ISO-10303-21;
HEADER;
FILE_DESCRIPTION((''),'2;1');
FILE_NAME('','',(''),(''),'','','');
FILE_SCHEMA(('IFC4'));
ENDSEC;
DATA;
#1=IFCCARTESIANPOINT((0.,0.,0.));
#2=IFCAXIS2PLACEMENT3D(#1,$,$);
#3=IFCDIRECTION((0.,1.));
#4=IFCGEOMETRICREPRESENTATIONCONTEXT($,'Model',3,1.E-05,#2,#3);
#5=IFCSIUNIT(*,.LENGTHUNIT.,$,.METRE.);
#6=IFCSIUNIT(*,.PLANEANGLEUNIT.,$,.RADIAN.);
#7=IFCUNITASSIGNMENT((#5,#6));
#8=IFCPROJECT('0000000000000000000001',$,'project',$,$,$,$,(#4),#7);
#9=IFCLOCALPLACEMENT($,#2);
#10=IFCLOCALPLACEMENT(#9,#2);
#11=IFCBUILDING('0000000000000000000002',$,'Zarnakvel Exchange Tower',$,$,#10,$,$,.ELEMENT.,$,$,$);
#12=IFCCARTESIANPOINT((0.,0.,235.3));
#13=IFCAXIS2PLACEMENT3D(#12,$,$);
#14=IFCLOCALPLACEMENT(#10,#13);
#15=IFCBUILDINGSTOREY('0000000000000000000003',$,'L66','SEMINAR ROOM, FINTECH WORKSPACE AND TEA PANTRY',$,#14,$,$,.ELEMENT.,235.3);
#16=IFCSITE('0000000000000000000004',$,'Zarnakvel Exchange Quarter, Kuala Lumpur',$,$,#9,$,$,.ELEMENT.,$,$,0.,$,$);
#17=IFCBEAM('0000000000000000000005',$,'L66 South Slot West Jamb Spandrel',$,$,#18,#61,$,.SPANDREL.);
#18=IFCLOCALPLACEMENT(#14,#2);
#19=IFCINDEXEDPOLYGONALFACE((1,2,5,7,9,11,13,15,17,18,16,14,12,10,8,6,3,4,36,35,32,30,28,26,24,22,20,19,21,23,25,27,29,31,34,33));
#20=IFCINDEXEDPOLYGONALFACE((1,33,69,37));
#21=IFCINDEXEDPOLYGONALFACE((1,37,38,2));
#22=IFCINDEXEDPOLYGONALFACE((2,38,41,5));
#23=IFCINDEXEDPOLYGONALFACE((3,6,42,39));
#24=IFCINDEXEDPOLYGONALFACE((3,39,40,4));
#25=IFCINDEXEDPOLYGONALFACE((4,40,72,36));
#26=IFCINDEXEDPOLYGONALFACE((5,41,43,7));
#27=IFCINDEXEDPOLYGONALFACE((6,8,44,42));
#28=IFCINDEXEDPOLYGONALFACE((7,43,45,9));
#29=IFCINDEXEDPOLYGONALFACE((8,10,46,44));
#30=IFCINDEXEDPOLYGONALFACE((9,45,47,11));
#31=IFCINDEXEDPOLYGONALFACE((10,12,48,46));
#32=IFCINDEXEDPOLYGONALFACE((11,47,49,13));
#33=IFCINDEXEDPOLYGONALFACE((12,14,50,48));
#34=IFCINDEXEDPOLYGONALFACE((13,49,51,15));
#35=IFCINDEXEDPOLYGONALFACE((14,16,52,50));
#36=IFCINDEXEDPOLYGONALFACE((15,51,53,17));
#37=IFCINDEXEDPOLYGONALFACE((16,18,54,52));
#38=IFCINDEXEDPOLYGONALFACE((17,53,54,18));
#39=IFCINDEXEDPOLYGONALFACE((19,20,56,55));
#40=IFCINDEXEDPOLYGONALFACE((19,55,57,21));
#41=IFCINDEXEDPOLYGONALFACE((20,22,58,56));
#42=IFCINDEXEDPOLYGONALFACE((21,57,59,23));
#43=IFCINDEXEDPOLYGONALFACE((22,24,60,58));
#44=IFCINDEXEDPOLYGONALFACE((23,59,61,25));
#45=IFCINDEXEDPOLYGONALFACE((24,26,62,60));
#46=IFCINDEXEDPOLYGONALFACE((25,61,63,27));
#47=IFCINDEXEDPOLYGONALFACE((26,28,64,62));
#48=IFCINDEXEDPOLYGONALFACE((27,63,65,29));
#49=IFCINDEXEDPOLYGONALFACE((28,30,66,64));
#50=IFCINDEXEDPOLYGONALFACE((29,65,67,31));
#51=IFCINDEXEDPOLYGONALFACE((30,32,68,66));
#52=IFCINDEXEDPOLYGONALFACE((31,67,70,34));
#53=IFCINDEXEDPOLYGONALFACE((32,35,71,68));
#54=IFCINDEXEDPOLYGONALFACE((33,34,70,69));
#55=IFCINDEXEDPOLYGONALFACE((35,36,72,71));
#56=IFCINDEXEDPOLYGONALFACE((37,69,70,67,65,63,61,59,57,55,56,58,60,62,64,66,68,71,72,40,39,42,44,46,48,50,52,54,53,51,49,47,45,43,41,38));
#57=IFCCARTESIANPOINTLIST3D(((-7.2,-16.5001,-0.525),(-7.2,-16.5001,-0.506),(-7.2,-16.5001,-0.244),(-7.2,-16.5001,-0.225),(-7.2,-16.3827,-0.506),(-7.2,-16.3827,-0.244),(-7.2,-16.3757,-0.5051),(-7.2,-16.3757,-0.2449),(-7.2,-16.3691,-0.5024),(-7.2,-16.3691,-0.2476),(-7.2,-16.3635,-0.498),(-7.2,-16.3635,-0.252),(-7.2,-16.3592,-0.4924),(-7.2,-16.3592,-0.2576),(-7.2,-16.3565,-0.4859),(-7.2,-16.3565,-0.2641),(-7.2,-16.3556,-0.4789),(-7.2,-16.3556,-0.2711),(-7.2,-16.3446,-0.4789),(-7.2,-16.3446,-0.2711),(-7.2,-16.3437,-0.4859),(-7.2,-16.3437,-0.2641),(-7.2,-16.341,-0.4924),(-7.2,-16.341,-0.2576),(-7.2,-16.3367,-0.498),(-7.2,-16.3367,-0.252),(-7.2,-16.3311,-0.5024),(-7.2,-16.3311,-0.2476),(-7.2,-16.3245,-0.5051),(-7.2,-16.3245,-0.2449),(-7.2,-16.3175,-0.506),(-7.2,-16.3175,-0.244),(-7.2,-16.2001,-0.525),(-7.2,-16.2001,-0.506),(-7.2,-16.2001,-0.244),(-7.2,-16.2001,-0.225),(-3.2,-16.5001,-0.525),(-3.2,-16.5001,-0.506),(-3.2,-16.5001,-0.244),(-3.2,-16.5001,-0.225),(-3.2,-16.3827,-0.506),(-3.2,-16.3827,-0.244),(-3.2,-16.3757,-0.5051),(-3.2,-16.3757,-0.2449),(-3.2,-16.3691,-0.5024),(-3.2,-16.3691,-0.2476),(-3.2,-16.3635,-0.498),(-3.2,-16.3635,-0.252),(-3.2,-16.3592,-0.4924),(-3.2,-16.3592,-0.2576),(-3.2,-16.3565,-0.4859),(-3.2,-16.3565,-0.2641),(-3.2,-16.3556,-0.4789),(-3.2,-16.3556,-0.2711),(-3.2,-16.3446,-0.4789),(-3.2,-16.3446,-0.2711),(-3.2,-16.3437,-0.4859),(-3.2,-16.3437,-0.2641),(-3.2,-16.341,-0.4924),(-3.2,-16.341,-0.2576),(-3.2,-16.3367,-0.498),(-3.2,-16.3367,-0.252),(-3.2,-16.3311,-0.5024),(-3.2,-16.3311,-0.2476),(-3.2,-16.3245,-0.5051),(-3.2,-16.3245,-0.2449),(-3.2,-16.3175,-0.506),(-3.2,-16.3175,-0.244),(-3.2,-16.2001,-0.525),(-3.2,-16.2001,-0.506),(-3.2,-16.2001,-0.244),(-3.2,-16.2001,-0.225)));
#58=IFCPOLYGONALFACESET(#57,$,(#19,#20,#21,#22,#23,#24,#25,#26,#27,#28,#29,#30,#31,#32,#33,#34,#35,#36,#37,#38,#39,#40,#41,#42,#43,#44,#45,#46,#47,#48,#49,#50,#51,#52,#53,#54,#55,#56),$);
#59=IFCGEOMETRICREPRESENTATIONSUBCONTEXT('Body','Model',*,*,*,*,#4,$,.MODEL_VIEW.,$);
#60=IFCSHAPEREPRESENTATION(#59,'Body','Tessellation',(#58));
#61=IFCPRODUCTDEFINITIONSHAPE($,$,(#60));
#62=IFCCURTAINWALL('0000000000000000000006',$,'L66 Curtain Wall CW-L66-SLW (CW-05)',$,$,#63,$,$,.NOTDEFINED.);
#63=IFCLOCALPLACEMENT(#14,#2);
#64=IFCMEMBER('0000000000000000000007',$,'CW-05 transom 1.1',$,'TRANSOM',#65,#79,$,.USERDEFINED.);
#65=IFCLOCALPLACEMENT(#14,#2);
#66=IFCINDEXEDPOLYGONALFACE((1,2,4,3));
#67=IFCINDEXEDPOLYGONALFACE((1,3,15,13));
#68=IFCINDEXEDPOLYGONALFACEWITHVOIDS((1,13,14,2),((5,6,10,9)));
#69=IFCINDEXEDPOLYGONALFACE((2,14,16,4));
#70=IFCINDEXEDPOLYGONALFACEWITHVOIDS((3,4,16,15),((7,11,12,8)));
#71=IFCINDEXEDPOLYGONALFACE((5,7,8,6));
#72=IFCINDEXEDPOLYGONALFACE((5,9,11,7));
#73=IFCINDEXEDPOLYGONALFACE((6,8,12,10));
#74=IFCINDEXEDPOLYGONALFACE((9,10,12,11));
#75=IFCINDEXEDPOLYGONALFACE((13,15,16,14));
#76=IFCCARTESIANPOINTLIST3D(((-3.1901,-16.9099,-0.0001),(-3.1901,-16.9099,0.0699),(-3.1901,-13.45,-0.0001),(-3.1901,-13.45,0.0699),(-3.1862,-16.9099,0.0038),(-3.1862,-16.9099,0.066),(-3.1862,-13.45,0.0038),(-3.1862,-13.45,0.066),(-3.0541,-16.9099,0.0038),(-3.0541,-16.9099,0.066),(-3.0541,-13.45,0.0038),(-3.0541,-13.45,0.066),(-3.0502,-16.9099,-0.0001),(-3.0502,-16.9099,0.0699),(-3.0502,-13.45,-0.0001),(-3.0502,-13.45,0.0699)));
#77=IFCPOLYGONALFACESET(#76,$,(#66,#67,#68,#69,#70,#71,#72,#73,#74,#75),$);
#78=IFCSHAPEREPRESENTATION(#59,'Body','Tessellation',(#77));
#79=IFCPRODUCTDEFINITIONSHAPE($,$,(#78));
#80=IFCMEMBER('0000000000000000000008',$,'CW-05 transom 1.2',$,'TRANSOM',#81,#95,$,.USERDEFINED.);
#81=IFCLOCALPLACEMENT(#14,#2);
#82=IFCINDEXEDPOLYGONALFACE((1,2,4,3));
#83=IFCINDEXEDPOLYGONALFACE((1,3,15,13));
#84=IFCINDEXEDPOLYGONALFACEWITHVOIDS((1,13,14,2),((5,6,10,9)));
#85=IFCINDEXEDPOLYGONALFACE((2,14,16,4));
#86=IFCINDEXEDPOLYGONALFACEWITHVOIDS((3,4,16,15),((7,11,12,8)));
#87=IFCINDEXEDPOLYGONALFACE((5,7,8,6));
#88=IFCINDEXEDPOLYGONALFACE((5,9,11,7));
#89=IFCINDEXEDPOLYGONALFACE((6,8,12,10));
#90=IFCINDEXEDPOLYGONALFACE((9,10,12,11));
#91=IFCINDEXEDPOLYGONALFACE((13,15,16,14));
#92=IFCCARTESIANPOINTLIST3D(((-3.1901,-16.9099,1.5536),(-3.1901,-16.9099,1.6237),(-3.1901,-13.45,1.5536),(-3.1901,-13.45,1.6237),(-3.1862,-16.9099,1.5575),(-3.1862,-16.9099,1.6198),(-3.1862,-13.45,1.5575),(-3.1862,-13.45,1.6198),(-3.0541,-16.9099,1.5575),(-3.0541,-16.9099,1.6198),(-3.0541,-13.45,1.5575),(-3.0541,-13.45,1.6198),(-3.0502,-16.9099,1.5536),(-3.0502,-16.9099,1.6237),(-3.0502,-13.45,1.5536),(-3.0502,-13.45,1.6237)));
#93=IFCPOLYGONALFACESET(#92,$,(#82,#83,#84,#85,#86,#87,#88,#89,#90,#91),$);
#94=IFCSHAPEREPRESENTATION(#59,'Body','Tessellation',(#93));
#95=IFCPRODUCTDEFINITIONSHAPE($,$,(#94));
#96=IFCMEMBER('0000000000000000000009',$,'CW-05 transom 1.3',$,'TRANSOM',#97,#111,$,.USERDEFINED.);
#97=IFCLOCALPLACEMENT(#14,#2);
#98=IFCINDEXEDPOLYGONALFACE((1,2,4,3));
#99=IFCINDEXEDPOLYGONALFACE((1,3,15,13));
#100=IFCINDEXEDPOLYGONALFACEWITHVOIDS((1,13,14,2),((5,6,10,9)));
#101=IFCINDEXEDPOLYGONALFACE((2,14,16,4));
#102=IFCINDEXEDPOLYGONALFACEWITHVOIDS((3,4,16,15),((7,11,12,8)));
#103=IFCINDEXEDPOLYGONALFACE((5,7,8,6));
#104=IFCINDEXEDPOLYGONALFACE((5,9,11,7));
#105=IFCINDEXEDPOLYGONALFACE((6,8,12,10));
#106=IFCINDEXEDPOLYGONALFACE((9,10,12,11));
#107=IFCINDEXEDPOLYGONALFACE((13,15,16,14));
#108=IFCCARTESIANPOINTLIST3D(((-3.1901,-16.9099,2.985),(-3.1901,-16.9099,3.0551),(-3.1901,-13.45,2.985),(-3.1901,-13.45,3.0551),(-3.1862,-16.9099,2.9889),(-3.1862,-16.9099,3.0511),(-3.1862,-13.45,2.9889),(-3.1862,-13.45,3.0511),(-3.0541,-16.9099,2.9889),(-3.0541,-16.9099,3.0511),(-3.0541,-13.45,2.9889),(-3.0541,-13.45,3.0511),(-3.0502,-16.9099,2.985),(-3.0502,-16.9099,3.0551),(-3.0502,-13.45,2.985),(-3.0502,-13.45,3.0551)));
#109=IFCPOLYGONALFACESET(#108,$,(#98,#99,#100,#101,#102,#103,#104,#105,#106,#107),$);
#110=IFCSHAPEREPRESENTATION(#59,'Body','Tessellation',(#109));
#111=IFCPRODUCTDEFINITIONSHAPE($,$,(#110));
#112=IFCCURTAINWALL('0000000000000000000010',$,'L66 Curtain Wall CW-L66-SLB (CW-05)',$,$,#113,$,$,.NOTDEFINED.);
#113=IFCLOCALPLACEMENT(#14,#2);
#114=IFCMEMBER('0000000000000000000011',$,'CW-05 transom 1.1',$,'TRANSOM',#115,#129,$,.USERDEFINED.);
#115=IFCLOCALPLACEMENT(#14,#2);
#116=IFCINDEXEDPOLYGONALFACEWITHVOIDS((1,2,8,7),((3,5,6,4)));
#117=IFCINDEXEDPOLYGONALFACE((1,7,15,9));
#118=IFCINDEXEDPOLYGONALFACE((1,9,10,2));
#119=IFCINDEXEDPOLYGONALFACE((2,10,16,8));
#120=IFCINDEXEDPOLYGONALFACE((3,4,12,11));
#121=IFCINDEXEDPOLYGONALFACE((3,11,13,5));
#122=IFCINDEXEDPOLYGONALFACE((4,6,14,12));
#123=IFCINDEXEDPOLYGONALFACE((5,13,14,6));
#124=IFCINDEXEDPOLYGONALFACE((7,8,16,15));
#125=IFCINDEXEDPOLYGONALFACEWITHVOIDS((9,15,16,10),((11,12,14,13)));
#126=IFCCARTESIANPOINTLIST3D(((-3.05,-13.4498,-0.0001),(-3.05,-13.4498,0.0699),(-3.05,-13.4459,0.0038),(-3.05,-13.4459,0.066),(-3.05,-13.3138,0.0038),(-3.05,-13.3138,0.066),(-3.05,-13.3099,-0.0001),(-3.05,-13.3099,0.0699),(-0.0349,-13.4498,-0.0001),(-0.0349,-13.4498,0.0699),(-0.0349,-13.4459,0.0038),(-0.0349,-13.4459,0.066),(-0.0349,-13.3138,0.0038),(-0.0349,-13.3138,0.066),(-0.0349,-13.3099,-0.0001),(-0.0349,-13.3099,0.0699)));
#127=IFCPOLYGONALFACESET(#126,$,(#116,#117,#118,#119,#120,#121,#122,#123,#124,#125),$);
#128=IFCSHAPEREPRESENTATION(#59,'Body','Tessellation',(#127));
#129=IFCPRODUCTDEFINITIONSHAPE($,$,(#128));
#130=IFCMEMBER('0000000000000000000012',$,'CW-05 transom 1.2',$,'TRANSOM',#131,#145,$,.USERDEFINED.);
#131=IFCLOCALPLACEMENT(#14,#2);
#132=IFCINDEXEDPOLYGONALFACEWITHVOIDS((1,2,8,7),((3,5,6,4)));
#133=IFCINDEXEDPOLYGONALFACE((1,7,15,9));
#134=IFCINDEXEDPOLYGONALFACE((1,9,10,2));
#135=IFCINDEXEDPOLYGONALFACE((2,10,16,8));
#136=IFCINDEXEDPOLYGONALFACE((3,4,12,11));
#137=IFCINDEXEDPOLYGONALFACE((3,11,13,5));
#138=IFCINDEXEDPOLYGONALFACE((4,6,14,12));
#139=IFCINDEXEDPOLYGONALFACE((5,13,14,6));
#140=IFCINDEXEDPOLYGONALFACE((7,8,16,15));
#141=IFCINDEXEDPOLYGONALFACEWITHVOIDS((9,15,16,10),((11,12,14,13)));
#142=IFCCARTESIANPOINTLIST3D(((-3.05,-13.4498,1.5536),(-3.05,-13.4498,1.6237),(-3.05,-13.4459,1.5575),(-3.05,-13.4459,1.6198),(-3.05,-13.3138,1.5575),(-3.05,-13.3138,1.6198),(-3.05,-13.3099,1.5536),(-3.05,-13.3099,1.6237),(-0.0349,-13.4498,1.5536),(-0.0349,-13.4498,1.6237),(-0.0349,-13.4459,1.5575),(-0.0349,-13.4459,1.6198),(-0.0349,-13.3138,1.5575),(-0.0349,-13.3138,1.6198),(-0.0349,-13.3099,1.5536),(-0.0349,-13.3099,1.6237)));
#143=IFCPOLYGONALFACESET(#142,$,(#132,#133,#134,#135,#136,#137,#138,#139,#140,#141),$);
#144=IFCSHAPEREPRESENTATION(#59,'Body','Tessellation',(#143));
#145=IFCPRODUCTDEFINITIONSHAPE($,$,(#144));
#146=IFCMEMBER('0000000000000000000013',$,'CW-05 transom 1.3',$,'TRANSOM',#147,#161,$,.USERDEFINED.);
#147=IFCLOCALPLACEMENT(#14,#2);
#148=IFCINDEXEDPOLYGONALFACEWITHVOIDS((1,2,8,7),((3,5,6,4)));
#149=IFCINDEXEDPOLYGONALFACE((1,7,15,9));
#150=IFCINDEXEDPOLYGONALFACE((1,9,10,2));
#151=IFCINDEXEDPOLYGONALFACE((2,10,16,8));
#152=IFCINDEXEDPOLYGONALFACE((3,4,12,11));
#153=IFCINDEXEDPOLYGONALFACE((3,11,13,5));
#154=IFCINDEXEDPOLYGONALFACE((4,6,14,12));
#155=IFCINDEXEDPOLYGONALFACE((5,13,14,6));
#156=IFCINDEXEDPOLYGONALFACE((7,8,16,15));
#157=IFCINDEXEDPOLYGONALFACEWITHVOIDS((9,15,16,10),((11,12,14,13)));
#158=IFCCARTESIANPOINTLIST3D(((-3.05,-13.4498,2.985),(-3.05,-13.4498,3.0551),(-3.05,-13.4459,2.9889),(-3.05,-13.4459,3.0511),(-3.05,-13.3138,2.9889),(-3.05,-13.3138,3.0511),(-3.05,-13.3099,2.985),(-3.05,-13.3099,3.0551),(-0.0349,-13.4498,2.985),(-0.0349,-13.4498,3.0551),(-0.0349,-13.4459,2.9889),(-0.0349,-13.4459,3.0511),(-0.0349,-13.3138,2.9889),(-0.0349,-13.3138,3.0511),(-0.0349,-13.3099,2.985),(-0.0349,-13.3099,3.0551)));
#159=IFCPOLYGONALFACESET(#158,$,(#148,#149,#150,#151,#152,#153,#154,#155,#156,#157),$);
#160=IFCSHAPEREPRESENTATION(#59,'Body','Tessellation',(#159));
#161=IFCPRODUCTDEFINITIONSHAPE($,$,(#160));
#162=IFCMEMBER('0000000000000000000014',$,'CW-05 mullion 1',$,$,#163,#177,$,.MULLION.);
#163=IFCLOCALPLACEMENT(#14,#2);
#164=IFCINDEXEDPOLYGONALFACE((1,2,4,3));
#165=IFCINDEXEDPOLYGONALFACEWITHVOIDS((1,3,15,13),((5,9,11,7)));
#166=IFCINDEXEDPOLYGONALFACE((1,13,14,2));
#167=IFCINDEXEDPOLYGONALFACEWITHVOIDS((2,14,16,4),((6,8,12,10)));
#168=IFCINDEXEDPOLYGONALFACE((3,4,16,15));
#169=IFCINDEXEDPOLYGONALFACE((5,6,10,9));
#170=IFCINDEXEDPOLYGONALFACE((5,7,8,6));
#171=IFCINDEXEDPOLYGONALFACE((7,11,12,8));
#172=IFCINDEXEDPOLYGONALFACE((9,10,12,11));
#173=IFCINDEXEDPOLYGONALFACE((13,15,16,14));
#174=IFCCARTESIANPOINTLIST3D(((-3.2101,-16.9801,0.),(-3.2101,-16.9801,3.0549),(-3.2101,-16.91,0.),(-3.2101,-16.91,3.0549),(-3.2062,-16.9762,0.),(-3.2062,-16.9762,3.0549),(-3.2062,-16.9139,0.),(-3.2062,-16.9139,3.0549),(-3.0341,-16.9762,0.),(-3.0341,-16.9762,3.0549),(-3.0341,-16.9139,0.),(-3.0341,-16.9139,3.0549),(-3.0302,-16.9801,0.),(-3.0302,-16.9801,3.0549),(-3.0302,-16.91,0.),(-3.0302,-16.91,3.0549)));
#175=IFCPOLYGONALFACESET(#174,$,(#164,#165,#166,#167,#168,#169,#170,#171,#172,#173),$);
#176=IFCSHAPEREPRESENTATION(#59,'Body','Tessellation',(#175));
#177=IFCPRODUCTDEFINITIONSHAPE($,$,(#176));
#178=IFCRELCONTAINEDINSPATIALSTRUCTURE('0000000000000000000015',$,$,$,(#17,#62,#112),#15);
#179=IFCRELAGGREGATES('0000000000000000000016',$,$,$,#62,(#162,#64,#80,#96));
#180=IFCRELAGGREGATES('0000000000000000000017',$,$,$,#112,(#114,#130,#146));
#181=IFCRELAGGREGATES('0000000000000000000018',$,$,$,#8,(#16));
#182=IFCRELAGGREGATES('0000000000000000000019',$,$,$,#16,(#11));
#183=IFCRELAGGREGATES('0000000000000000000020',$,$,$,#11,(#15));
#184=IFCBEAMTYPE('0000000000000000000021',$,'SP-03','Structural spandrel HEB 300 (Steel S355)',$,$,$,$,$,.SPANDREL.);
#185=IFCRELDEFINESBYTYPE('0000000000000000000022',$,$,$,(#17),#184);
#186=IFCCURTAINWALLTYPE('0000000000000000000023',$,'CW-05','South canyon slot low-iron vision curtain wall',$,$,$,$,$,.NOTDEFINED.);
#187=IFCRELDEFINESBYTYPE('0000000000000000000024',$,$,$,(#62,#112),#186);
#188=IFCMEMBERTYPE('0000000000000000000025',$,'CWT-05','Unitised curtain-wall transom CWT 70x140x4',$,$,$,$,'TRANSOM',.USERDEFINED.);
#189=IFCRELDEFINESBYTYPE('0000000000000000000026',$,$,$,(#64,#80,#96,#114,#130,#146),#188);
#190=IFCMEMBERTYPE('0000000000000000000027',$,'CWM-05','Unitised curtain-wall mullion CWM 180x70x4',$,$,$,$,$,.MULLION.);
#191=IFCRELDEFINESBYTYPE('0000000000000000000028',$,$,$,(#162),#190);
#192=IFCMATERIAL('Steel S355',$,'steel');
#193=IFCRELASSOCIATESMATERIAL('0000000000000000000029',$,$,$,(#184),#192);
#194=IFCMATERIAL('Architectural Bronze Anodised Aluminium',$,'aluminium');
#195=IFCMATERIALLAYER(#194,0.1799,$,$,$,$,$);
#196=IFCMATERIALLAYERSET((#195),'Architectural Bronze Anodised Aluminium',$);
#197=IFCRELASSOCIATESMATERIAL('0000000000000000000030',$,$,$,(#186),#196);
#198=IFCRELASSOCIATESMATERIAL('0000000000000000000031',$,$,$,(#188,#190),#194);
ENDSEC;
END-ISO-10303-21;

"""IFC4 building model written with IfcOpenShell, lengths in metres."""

from ifc_helpers import new_model, si_unit, direction, frame, origin, origin_2d, place, context, subcontext, project, spatial, hollow_rectangle, i_section, extrude, source, transform, mapped, material, layer, layer_set, material_profile, profile_set, type_object, element, aggregate, save


model = new_model("IFC4")

# Units and contexts
model_context = context("Model", 3, precision=1e-05, world=origin(), true_north=direction((0.0, 1.0)))
body_context = subcontext(model_context, "Body", "Model", "MODEL_VIEW")
ifc_project = project(units=[si_unit("LENGTHUNIT", "METRE"), si_unit("PLANEANGLEUNIT", "RADIAN")], contexts=[model_context])

# Site, building, storey
site_placement = place(None, origin())
site = spatial("IfcSite", under=ifc_project, at=site_placement, Name="Zarnakvel Exchange Quarter, Kuala Lumpur", CompositionType="ELEMENT", RefElevation=0.0)
building_placement = place(site_placement, origin())
building = spatial("IfcBuilding", under=site, at=building_placement, Name="Zarnakvel Exchange Tower", CompositionType="ELEMENT")
storey_placement = place(building_placement, frame((0.0, 0.0, 235.3)))
storey = spatial("IfcBuildingStorey", under=building, at=storey_placement, Name="L66", Description="SEMINAR ROOM, FINTECH WORKSPACE AND TEA PANTRY", CompositionType="ELEMENT", Elevation=235.3)

# Beam
ifc_material_1 = material(Name="Steel S355", Category="steel")
ifc_material_profile_1 = material_profile(ifc_material_1, i_section(OverallWidth=0.3, OverallDepth=0.3, WebThickness=0.011, FlangeThickness=0.019, FilletRadius=0.0271, at=origin_2d()))
ifc_profile_set_1 = profile_set([ifc_material_profile_1], Name="Steel S355")
beam_type_1 = type_object("IfcBeamType", Name="SP-03", Description="Structural spandrel HEB 300 (Steel S355)", PredefinedType="SPANDREL", material=ifc_profile_set_1)
beam_1_placement = place(storey_placement, frame((-7.2, -16.3501, -0.375), z_axis=(1.0, 0.0, 0.0), x_axis=(0.0, 1.0, 0.0)))
element("IfcBeam", 1, at=beam_1_placement, inside=storey, type_object=beam_type_1, Name="L66 South Slot West Jamb Spandrel", PredefinedType="SPANDREL", context=body_context, shape_type="SweptSolid", body=[
    extrude(i_section(OverallWidth=0.3, OverallDepth=0.3, WebThickness=0.011, FlangeThickness=0.019, FilletRadius=0.0271, at=origin_2d()), origin(), (0.0, 0.0, 1.0), 4.0),
])

# Curtain walls, members
ifc_material_2 = material(Name="Architectural Bronze Anodised Aluminium", Category="aluminium")
ifc_layer_1 = layer(ifc_material_2, 0.1799)
ifc_layer_set_1 = layer_set([ifc_layer_1], Name="Architectural Bronze Anodised Aluminium")
curtain_wall_type = type_object("IfcCurtainWallType", Name="CW-05", Description="South canyon slot low-iron vision curtain wall", PredefinedType="NOTDEFINED", material=ifc_layer_set_1)
curtain_wall_1_placement = place(storey_placement, origin())
curtain_wall_1 = element("IfcCurtainWall", 2, at=curtain_wall_1_placement, inside=storey, type_object=curtain_wall_type, Name="L66 Curtain Wall CW-L66-SLW (CW-05)", PredefinedType="NOTDEFINED")
ifc_material_profile_2 = material_profile(ifc_material_2, hollow_rectangle(XDim=0.1399, YDim=0.0701, WallThickness=0.0039, at=origin_2d()))
ifc_profile_set_2 = profile_set([ifc_material_profile_2], Name="Architectural Bronze Anodised Aluminium")
member_type_1 = type_object("IfcMemberType", Name="CWT-05", Description="Unitised curtain-wall transom CWT 70x140x4", ElementType="TRANSOM", PredefinedType="USERDEFINED", material=ifc_profile_set_2)
shared_shape_1 = source(origin(), body_context, "Body", "SweptSolid", [
    extrude(hollow_rectangle(XDim=0.1399, YDim=0.0701, WallThickness=0.0039, at=origin_2d()), origin(), (0.0, 0.0, 1.0), 3.46),
])
member_1_placement = place(storey_placement, frame((-3.1201, -16.9099, 0.0349), z_axis=(0.0, 1.0, 0.0), x_axis=(-1.0, 0.0, 0.0)))
member_1 = element("IfcMember", 3, at=member_1_placement, type_object=member_type_1, Name="CW-05 transom 1.1", ObjectType="TRANSOM", PredefinedType="USERDEFINED", context=body_context, shape_type="MappedRepresentation", body=[
    mapped(shared_shape_1, transform((0.0, 0.0, 0.0), x_axis=(1.0, 0.0, 0.0), y_axis=(0.0, 1.0, 0.0), z_axis=(0.0, 0.0, 1.0), scale=1.0)),
])
member_2_placement = place(storey_placement, frame((-3.1201, -16.9099, 1.5886), z_axis=(0.0, 1.0, 0.0), x_axis=(-1.0, 0.0, 0.0)))
member_2 = element("IfcMember", 4, at=member_2_placement, type_object=member_type_1, Name="CW-05 transom 1.2", ObjectType="TRANSOM", PredefinedType="USERDEFINED", context=body_context, shape_type="MappedRepresentation", body=[
    mapped(shared_shape_1, transform((0.0, 0.0, 0.0), x_axis=(1.0, 0.0, 0.0), y_axis=(0.0, 1.0, 0.0), z_axis=(0.0, 0.0, 1.0), scale=1.0)),
])
member_3_placement = place(storey_placement, frame((-3.1201, -16.9099, 3.02), z_axis=(0.0, 1.0, 0.0), x_axis=(-1.0, 0.0, 0.0)))
member_3 = element("IfcMember", 5, at=member_3_placement, type_object=member_type_1, Name="CW-05 transom 1.3", ObjectType="TRANSOM", PredefinedType="USERDEFINED", context=body_context, shape_type="MappedRepresentation", body=[
    mapped(shared_shape_1, transform((0.0, 0.0, 0.0), x_axis=(1.0, 0.0, 0.0), y_axis=(0.0, 1.0, 0.0), z_axis=(0.0, 0.0, 1.0), scale=1.0)),
])
curtain_wall_2_placement = place(storey_placement, origin())
curtain_wall_2 = element("IfcCurtainWall", 6, at=curtain_wall_2_placement, inside=storey, type_object=curtain_wall_type, Name="L66 Curtain Wall CW-L66-SLB (CW-05)", PredefinedType="NOTDEFINED")
shared_shape_2 = source(origin(), body_context, "Body", "SweptSolid", [
    extrude(hollow_rectangle(XDim=0.1399, YDim=0.0701, WallThickness=0.0039, at=origin_2d()), origin(), (0.0, 0.0, 1.0), 3.0151),
])
member_4_placement = place(storey_placement, frame((-3.05, -13.3799, 0.0349), z_axis=(1.0, 0.0, 0.0), x_axis=(0.0, 1.0, 0.0)))
member_4 = element("IfcMember", 7, at=member_4_placement, type_object=member_type_1, Name="CW-05 transom 1.1", ObjectType="TRANSOM", PredefinedType="USERDEFINED", context=body_context, shape_type="MappedRepresentation", body=[
    mapped(shared_shape_2, transform((0.0, 0.0, 0.0), x_axis=(1.0, 0.0, 0.0), y_axis=(0.0, 1.0, 0.0), z_axis=(0.0, 0.0, 1.0), scale=1.0)),
])
member_5_placement = place(storey_placement, frame((-3.05, -13.3799, 1.5886), z_axis=(1.0, 0.0, 0.0), x_axis=(0.0, 1.0, 0.0)))
member_5 = element("IfcMember", 8, at=member_5_placement, type_object=member_type_1, Name="CW-05 transom 1.2", ObjectType="TRANSOM", PredefinedType="USERDEFINED", context=body_context, shape_type="MappedRepresentation", body=[
    mapped(shared_shape_2, transform((0.0, 0.0, 0.0), x_axis=(1.0, 0.0, 0.0), y_axis=(0.0, 1.0, 0.0), z_axis=(0.0, 0.0, 1.0), scale=1.0)),
])
member_6_placement = place(storey_placement, frame((-3.05, -13.3799, 3.02), z_axis=(1.0, 0.0, 0.0), x_axis=(0.0, 1.0, 0.0)))
member_6 = element("IfcMember", 9, at=member_6_placement, type_object=member_type_1, Name="CW-05 transom 1.3", ObjectType="TRANSOM", PredefinedType="USERDEFINED", context=body_context, shape_type="MappedRepresentation", body=[
    mapped(shared_shape_2, transform((0.0, 0.0, 0.0), x_axis=(1.0, 0.0, 0.0), y_axis=(0.0, 1.0, 0.0), z_axis=(0.0, 0.0, 1.0), scale=1.0)),
])

# Member
ifc_material_profile_3 = material_profile(ifc_material_2, hollow_rectangle(XDim=0.1799, YDim=0.0701, WallThickness=0.0039, at=origin_2d()))
ifc_profile_set_3 = profile_set([ifc_material_profile_3], Name="Architectural Bronze Anodised Aluminium")
member_type_2 = type_object("IfcMemberType", Name="CWM-05", Description="Unitised curtain-wall mullion CWM 180x70x4", PredefinedType="MULLION", material=ifc_profile_set_3)
shared_shape_3 = source(origin(), body_context, "Body", "SweptSolid", [
    extrude(hollow_rectangle(XDim=0.1799, YDim=0.0701, WallThickness=0.0039, at=origin_2d()), origin(), (0.0, 0.0, 1.0), 3.0549),
])
member_7_placement = place(storey_placement, frame((-3.1201, -16.9451, 0.0), z_axis=(0.0, 0.0, 1.0), x_axis=(-1.0, 0.0, 0.0)))
member_7 = element("IfcMember", 10, at=member_7_placement, type_object=member_type_2, Name="CW-05 mullion 1", PredefinedType="MULLION", context=body_context, shape_type="MappedRepresentation", body=[
    mapped(shared_shape_3, transform((0.0, 0.0, 0.0), x_axis=(1.0, 0.0, 0.0), y_axis=(0.0, 1.0, 0.0), z_axis=(0.0, 0.0, 1.0), scale=1.0)),
])

aggregate(curtain_wall_1, [member_7, member_1, member_2, member_3])
aggregate(curtain_wall_2, [member_4, member_5, member_6])

save(model, "model.ifc")
